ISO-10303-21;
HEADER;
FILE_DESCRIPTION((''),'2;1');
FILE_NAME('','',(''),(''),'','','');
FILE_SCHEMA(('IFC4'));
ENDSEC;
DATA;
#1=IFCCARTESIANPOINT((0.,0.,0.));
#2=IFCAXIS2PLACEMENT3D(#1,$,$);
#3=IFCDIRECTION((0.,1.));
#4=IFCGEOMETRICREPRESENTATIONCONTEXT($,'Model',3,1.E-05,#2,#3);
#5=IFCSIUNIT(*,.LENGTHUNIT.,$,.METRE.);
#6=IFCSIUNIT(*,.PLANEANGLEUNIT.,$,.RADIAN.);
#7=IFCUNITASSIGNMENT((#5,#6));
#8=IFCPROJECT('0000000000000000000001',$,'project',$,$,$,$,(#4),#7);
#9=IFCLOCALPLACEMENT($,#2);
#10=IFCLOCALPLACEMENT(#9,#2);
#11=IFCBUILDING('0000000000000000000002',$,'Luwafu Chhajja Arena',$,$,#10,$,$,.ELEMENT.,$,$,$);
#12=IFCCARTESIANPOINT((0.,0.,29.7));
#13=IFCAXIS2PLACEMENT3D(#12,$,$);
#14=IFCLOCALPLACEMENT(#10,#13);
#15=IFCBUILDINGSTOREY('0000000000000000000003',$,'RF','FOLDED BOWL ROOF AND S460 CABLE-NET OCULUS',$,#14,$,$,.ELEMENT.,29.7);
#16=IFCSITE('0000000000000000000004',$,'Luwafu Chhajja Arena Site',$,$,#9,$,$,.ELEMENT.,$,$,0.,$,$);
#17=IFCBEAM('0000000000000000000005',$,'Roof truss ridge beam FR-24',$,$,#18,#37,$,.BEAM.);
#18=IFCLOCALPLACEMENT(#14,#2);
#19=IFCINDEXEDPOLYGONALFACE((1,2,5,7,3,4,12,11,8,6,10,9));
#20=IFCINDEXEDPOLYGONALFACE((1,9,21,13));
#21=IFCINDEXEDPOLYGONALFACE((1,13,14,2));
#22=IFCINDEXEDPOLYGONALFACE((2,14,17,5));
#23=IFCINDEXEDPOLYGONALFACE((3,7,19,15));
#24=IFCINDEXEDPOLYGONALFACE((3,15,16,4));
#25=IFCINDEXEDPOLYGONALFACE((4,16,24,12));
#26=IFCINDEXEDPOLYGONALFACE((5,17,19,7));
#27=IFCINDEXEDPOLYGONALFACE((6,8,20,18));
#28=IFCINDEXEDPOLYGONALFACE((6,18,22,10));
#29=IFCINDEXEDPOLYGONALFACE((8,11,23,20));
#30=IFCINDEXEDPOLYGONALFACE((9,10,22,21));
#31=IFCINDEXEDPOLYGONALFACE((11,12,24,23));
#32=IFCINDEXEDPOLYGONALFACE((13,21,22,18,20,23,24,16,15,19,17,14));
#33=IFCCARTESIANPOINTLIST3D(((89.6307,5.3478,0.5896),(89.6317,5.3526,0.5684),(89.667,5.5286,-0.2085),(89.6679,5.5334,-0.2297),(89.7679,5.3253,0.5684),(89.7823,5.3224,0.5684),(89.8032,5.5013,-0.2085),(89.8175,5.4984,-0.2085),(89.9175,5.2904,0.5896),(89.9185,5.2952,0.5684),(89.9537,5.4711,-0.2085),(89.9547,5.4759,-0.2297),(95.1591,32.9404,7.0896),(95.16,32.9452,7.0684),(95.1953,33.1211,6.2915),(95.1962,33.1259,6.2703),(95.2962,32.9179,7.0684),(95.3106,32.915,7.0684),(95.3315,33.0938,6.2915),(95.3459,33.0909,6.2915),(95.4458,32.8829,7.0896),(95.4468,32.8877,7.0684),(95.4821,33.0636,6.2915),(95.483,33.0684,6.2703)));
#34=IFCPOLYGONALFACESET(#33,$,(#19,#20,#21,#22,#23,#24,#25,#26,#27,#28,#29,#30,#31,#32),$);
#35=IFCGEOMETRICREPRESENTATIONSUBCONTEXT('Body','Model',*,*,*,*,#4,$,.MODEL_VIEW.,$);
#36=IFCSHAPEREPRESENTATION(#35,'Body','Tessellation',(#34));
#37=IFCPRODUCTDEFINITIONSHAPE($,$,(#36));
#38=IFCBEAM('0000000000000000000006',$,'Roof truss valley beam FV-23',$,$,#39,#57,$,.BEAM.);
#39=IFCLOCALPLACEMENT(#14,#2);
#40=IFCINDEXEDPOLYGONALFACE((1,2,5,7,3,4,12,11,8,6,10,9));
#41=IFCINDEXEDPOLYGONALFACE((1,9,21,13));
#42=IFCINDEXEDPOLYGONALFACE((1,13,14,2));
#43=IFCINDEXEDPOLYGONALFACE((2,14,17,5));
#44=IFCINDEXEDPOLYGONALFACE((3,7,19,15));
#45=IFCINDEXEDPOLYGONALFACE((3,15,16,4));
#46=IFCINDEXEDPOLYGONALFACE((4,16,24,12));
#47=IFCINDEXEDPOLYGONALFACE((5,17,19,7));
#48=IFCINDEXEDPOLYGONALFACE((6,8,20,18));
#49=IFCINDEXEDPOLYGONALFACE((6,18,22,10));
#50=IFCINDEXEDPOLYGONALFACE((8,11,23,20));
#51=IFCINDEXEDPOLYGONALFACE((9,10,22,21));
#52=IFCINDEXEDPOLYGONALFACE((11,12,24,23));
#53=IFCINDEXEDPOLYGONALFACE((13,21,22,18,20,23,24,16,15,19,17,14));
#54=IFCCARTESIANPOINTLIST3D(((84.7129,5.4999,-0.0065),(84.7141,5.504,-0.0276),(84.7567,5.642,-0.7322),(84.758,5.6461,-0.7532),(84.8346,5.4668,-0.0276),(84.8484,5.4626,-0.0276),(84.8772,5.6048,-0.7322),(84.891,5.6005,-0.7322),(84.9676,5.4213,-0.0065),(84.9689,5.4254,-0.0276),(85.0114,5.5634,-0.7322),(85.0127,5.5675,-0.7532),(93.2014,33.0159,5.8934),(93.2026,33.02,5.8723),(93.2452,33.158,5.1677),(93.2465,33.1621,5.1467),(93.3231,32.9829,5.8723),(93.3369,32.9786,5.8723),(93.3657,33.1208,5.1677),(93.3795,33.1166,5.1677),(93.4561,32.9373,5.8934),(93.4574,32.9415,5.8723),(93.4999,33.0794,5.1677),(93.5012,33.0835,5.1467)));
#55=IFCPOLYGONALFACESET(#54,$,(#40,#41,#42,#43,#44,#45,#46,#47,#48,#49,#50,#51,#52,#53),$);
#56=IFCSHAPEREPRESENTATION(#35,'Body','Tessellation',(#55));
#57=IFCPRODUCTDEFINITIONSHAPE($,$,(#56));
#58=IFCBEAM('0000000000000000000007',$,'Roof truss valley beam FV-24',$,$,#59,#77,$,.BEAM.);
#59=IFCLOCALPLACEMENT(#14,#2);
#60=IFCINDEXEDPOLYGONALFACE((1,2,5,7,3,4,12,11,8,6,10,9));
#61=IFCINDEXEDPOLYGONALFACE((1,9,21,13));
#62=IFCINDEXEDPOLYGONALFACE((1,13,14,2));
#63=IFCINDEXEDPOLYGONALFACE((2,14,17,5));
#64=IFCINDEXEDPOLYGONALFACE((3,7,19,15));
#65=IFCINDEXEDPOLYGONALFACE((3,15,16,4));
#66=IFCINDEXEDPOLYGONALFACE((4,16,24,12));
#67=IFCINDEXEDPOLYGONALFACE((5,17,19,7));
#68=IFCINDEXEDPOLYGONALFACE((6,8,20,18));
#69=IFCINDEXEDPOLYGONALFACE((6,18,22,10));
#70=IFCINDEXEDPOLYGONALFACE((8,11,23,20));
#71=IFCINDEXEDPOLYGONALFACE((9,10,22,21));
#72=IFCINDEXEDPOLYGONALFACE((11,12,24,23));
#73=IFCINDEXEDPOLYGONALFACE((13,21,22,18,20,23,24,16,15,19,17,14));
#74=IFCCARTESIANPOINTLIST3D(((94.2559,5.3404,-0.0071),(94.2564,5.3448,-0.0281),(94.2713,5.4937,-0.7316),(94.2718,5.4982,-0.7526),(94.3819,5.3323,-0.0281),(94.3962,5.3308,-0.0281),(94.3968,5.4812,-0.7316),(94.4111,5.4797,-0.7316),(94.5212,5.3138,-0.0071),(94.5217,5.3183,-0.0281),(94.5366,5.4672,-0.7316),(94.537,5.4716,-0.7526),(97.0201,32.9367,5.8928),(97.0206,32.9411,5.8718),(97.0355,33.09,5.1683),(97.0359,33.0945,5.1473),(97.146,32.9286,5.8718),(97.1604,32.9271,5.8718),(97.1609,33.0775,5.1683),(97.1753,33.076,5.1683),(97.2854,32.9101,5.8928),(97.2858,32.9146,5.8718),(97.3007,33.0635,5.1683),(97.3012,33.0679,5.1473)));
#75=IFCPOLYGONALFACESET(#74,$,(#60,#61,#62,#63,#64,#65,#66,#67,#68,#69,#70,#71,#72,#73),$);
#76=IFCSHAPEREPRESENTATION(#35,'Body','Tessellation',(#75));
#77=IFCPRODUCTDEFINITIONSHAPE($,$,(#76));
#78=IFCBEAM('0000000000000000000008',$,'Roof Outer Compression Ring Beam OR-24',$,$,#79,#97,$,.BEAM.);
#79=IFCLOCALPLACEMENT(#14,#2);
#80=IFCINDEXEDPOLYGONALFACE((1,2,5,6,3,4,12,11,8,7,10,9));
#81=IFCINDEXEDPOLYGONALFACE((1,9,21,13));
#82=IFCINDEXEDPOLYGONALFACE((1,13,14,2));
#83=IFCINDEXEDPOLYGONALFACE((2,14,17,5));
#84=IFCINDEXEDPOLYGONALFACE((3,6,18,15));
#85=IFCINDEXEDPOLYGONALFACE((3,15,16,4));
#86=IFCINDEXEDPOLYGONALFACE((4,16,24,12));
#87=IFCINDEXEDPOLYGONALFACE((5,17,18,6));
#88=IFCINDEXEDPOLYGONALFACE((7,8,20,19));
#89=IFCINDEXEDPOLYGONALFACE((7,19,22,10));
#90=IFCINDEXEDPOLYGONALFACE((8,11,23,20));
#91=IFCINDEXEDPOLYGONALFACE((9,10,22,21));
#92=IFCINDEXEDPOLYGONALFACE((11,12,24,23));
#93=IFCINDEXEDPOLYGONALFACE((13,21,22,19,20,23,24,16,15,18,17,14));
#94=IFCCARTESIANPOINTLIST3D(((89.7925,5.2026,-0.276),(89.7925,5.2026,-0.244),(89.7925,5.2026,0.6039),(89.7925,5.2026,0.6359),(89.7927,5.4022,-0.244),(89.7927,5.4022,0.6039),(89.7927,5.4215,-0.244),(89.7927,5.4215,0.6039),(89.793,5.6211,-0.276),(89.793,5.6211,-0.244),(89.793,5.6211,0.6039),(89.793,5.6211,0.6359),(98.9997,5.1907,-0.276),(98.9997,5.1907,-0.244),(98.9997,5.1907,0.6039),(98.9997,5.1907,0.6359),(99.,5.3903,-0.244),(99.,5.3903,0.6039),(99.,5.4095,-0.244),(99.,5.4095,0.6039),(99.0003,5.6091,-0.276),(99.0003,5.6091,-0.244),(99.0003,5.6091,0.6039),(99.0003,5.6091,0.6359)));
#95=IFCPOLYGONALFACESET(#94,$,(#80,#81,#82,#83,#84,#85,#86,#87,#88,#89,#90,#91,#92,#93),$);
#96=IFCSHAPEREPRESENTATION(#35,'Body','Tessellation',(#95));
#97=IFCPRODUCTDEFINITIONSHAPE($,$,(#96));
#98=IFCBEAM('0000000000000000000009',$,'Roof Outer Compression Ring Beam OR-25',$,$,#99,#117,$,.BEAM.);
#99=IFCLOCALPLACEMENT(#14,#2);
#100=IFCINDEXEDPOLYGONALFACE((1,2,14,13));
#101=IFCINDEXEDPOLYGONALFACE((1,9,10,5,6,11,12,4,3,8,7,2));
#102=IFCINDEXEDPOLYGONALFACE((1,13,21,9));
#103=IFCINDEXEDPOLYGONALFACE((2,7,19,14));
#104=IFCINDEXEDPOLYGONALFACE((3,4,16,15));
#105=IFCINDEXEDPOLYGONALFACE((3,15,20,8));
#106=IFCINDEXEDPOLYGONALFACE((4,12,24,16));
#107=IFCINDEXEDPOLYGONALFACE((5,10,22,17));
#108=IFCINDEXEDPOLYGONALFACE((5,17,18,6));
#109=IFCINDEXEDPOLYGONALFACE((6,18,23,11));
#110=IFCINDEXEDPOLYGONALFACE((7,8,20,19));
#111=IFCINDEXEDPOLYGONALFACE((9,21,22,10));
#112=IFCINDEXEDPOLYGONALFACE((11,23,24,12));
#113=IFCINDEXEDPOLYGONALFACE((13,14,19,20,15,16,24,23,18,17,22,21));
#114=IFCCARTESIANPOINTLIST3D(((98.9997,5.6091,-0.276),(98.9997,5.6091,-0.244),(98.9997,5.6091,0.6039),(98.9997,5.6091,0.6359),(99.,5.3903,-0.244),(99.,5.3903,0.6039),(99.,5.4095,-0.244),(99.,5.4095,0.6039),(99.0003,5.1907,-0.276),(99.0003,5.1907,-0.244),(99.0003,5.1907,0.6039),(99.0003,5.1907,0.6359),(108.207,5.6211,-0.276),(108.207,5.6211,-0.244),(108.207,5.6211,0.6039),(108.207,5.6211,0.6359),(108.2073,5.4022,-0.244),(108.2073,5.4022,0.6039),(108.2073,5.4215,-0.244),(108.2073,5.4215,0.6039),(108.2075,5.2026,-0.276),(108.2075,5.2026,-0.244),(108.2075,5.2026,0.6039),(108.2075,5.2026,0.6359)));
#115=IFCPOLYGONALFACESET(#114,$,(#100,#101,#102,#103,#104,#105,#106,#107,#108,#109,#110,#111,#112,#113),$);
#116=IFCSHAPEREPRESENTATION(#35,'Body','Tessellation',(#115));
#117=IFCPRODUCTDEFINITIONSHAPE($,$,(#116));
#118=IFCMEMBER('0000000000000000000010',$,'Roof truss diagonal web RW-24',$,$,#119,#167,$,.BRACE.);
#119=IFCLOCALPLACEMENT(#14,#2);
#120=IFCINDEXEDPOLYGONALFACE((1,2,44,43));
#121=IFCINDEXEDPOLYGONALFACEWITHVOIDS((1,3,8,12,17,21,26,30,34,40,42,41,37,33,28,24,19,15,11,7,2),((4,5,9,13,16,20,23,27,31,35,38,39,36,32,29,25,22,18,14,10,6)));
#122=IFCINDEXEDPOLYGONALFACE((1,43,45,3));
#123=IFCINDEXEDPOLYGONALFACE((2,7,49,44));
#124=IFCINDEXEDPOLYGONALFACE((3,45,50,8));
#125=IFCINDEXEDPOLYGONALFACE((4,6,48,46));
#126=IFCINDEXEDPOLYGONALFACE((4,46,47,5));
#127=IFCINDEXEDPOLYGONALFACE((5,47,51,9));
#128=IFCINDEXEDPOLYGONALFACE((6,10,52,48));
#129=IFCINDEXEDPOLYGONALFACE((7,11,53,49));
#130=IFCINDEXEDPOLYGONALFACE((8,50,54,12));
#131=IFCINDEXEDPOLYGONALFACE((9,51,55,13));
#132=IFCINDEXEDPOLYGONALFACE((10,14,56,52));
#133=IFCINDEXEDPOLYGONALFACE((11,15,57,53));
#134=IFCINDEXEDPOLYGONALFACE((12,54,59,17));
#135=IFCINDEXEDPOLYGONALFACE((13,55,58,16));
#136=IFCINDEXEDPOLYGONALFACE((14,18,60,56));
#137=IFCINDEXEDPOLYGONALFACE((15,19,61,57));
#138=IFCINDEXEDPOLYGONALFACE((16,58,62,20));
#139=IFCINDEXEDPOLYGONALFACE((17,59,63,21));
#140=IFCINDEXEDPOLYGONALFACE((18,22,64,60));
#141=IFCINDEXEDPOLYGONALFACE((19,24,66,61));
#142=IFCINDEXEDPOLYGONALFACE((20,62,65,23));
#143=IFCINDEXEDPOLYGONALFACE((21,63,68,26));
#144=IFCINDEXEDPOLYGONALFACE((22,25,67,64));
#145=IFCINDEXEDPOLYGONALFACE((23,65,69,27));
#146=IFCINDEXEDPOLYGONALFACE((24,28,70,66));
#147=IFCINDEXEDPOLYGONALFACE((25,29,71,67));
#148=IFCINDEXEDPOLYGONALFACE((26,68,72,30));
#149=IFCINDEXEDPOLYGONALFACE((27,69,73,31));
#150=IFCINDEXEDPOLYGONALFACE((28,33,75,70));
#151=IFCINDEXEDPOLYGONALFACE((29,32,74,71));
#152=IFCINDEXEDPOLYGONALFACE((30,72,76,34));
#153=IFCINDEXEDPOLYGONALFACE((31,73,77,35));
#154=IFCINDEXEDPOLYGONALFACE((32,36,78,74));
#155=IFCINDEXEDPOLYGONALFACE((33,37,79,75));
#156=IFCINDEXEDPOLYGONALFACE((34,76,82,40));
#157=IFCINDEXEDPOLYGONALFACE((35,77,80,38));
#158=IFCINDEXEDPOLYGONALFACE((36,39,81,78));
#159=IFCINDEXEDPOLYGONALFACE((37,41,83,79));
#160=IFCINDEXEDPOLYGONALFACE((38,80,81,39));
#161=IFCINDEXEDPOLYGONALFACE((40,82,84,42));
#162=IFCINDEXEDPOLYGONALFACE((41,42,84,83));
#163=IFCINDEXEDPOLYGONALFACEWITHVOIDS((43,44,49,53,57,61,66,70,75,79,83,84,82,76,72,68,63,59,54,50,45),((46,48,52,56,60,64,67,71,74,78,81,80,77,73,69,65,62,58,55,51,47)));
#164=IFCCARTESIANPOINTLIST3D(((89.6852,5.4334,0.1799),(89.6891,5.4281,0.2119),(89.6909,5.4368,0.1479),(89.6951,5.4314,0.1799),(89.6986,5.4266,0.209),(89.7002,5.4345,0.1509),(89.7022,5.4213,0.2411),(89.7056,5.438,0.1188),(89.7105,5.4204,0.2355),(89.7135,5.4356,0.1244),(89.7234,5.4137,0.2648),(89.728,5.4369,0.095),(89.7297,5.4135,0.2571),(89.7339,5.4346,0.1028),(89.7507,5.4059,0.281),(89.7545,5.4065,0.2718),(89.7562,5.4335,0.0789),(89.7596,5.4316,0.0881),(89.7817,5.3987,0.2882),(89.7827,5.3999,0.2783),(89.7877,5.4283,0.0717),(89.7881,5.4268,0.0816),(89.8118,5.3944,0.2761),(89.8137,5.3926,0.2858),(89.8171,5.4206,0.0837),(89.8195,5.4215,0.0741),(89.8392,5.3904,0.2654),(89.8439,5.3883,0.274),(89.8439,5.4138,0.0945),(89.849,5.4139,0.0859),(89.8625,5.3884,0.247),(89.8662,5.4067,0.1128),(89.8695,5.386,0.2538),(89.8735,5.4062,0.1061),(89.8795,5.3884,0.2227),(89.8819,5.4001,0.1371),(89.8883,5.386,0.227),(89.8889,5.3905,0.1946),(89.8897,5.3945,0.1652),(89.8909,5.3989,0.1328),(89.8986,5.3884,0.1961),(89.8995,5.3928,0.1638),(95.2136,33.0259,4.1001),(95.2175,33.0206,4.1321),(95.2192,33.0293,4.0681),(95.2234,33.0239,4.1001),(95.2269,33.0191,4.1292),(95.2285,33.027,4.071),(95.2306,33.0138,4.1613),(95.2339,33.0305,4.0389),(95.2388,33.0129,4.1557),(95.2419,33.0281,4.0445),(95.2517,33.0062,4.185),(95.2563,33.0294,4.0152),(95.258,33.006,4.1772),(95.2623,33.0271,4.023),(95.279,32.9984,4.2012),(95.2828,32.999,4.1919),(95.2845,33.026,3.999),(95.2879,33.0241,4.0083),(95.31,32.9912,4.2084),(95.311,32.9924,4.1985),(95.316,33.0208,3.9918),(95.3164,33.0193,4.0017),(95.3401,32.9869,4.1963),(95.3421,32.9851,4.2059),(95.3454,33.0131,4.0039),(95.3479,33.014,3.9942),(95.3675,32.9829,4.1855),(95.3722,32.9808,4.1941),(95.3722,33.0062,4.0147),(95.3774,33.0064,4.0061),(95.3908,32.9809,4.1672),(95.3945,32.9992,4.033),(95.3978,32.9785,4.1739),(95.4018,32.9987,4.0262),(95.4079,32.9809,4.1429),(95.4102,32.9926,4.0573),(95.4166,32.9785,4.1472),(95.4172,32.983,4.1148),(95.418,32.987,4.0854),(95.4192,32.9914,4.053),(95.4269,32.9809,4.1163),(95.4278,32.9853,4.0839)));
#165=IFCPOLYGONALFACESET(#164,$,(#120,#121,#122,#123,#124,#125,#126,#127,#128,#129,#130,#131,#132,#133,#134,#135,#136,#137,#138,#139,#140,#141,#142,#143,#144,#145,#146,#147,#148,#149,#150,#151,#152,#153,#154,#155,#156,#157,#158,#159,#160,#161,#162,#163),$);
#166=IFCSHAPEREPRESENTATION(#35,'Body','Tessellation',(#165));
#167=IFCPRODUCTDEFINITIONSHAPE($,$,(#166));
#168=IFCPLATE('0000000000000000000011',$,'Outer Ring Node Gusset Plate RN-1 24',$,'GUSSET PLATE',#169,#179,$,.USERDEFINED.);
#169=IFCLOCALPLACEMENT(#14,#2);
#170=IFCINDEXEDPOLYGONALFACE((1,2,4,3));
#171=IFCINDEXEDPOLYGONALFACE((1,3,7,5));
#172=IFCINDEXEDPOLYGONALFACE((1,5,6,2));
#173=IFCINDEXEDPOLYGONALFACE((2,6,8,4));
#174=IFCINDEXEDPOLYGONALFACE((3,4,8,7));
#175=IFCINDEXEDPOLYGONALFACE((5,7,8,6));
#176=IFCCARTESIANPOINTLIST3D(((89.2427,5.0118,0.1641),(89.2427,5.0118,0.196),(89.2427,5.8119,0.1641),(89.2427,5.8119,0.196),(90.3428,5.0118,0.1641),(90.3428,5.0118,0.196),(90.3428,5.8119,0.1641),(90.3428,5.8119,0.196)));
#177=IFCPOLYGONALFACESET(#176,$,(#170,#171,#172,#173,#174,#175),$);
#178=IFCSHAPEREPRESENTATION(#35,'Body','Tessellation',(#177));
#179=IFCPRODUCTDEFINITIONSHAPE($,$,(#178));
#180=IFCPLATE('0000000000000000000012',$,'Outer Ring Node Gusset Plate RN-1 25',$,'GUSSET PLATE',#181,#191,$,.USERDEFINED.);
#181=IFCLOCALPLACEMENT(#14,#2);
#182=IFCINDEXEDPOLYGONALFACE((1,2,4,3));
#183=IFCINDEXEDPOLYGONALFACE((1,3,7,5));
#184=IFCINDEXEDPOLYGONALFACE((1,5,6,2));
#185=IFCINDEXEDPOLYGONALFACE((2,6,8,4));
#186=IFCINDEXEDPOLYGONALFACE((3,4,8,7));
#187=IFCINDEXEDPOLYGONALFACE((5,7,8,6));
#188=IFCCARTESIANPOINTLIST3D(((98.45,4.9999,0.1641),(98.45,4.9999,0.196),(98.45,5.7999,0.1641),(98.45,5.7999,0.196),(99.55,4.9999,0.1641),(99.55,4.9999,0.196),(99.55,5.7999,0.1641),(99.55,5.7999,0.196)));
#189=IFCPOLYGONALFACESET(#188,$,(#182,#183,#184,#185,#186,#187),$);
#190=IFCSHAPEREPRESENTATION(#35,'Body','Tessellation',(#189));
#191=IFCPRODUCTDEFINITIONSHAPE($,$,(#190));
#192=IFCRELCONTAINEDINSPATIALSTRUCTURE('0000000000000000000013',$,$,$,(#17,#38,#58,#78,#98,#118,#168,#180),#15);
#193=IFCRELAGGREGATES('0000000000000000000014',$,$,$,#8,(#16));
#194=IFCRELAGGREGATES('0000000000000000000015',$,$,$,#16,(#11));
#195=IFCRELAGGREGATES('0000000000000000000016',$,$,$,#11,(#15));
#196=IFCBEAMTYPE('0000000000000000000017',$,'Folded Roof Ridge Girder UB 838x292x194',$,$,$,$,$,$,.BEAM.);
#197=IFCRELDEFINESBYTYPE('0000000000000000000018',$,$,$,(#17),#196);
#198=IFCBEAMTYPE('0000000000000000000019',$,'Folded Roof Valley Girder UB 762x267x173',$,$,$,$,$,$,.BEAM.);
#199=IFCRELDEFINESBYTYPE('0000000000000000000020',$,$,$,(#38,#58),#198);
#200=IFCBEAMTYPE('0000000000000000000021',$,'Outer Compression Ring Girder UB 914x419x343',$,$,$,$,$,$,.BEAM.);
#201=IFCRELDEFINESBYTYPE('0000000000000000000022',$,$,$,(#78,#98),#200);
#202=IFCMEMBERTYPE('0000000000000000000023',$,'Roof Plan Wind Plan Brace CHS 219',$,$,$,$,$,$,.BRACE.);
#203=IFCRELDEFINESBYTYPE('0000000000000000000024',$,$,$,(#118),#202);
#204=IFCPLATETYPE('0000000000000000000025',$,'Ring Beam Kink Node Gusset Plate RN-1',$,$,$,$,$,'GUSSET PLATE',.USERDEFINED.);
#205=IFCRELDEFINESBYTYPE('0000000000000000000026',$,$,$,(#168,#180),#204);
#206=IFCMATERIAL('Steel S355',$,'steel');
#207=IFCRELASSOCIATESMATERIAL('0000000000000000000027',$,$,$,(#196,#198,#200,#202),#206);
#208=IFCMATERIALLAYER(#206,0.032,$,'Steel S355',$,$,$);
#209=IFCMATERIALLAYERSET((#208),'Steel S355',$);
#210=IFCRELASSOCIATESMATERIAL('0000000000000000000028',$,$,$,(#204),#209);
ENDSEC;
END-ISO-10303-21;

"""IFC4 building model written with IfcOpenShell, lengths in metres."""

from ifc_helpers import new_model, si_unit, direction, frame, origin, origin_2d, place, context, subcontext, project, spatial, rectangle, hollow_circle, i_section, extrude, material, layer, layer_set, material_profile, profile_set, type_object, element, save


model = new_model("IFC4")

# Units and contexts
model_context = context("Model", 3, precision=1e-05, world=origin(), true_north=direction((0.0, 1.0)))
body_context = subcontext(model_context, "Body", "Model", "MODEL_VIEW")
ifc_project = project(units=[si_unit("LENGTHUNIT", "METRE"), si_unit("PLANEANGLEUNIT", "RADIAN")], contexts=[model_context])

# Site, building, storey
site_placement = place(None, origin())
site = spatial("IfcSite", under=ifc_project, at=site_placement, Name="Luwafu Chhajja Arena Site", CompositionType="ELEMENT", RefElevation=0.0)
building_placement = place(site_placement, origin())
building = spatial("IfcBuilding", under=site, at=building_placement, Name="Luwafu Chhajja Arena", CompositionType="ELEMENT")
storey_placement = place(building_placement, frame((0.0, 0.0, 29.7)))
storey = spatial("IfcBuildingStorey", under=building, at=storey_placement, Name="RF", Description="FOLDED BOWL ROOF AND S460 CABLE-NET OCULUS", CompositionType="ELEMENT", Elevation=29.7)

# Beams
ifc_material_1 = material(Name="Steel S355", Category="steel")
ifc_material_profile_1 = material_profile(ifc_material_1, i_section(OverallWidth=0.2925, OverallDepth=0.8408, WebThickness=0.0146, FlangeThickness=0.0217, at=origin_2d()), Name="UB 838x292x194")
ifc_profile_set_1 = profile_set([ifc_material_profile_1], Name="Steel S355")
beam_type_1 = type_object("IfcBeamType", Name="Folded Roof Ridge Girder UB 838x292x194", PredefinedType="BEAM", material=ifc_profile_set_1)
beam_1_placement = place(storey_placement, frame((89.7927, 5.4119, 0.1799), z_axis=(0.191412, 0.95536, 0.225055), x_axis=(-0.980514, 0.196451, 0.0)))
element("IfcBeam", 1, at=beam_1_placement, inside=storey, type_object=beam_type_1, Name="Roof truss ridge beam FR-24", PredefinedType="BEAM", context=body_context, shape_type="SweptSolid", body=[
    extrude(i_section(OverallWidth=0.2925, OverallDepth=0.8408, WebThickness=0.0146, FlangeThickness=0.0217, at=origin_2d()), origin(), (0.0, 0.0, 1.0), 28.8818),
])
ifc_material_profile_2 = material_profile(ifc_material_1, i_section(OverallWidth=0.2666, OverallDepth=0.7622, WebThickness=0.0144, FlangeThickness=0.0215, at=origin_2d()), Name="UB 762x267x173")
ifc_profile_set_2 = profile_set([ifc_material_profile_2], Name="Steel S355")
beam_type_2 = type_object("IfcBeamType", Name="Folded Roof Valley Girder UB 762x267x173", PredefinedType="BEAM", material=ifc_profile_set_2)
beam_2_placement = place(storey_placement, frame((84.8628, 5.5337, -0.3799), z_axis=(0.288785, 0.936117, 0.200719), x_axis=(-0.955564, 0.294785, 0.0)))
element("IfcBeam", 2, at=beam_2_placement, inside=storey, type_object=beam_type_2, Name="Roof truss valley beam FV-23", PredefinedType="BEAM", context=body_context, shape_type="SweptSolid", body=[
    extrude(i_section(OverallWidth=0.2666, OverallDepth=0.7622, WebThickness=0.0144, FlangeThickness=0.0215, at=origin_2d()), origin(), (0.0, 0.0, 1.0), 29.3938),
])
beam_3_placement = place(storey_placement, frame((94.3965, 5.406, -0.3799), z_axis=(0.097484, 0.973243, 0.208074), x_axis=(-0.995021, 0.099666, 0.0)))
element("IfcBeam", 3, at=beam_3_placement, inside=storey, type_object=beam_type_2, Name="Roof truss valley beam FV-24", PredefinedType="BEAM", context=body_context, shape_type="SweptSolid", body=[
    extrude(i_section(OverallWidth=0.2666, OverallDepth=0.7622, WebThickness=0.0144, FlangeThickness=0.0215, at=origin_2d()), origin(), (0.0, 0.0, 1.0), 28.355),
])
ifc_material_profile_3 = material_profile(ifc_material_1, i_section(OverallWidth=0.4185, OverallDepth=0.9119, WebThickness=0.0193, FlangeThickness=0.032, at=origin_2d()), Name="UB 914x419x343")
ifc_profile_set_3 = profile_set([ifc_material_profile_3], Name="Steel S355")
beam_type_3 = type_object("IfcBeamType", Name="Outer Compression Ring Girder UB 914x419x343", PredefinedType="BEAM", material=ifc_profile_set_3)
for number, where, z_axis, x_axis, name in (
    (4, (89.7927, 5.4119, 0.1799), (0.999999, -0.001299, 0.0), (0.001299, 0.999999, 0.0), "Roof Outer Compression Ring Beam OR-24"),
    (5, (99.0, 5.3999, 0.1799), (0.999999, 0.001299, 0.0), (-0.001299, 0.999999, 0.0), "Roof Outer Compression Ring Beam OR-25"),
):
    element("IfcBeam", number, at=place(storey_placement, frame(where, z_axis=z_axis, x_axis=x_axis)), inside=storey, type_object=beam_type_3, Name=name, PredefinedType="BEAM", context=body_context, shape_type="SweptSolid", body=[
        extrude(i_section(OverallWidth=0.4185, OverallDepth=0.9119, WebThickness=0.0193, FlangeThickness=0.032, at=origin_2d()), origin(), (0.0, 0.0, 1.0), 9.2073),
    ])

# Member
ifc_material_profile_4 = material_profile(ifc_material_1, hollow_circle(Radius=0.1096, WallThickness=0.01, at=origin_2d()), Name="CHS 219.1x10")
ifc_profile_set_4 = profile_set([ifc_material_profile_4], Name="Steel S355")
member_type = type_object("IfcMemberType", Name="Roof Plan Wind Plan Brace CHS 219", PredefinedType="BRACE", material=ifc_profile_set_4)
member_placement = place(storey_placement, frame((89.7927, 5.4119, 0.1799), z_axis=(0.194573, 0.971136, 0.137973), x_axis=(-0.980514, 0.196451, 0.0)))
element("IfcMember", 6, at=member_placement, inside=storey, type_object=member_type, Name="Roof truss diagonal web RW-24", PredefinedType="BRACE", context=body_context, shape_type="SweptSolid", body=[
    extrude(hollow_circle(Radius=0.1096, WallThickness=0.01, at=origin_2d()), origin(), (0.0, 0.0, 1.0), 28.4126),
])

# Plates
ifc_layer_1 = layer(ifc_material_1, 0.032, Name="Steel S355")
ifc_layer_set_1 = layer_set([ifc_layer_1], Name="Steel S355")
plate_type = type_object("IfcPlateType", Name="Ring Beam Kink Node Gusset Plate RN-1", ElementType="GUSSET PLATE", PredefinedType="USERDEFINED", material=ifc_layer_set_1)
for number, where, z_axis, x_axis, name in (
    (7, (89.7927, 5.4119, 0.1641), (0.0, 0.0, 1.0), (1.0, 0.0, 0.0), "Outer Ring Node Gusset Plate RN-1 24"),
    (8, (99.0, 5.3999, 0.1641), (0.0, 0.0, 1.0), (1.0, 0.0, 0.0), "Outer Ring Node Gusset Plate RN-1 25"),
):
    element("IfcPlate", number, at=place(storey_placement, frame(where, z_axis=z_axis, x_axis=x_axis)), inside=storey, type_object=plate_type, Name=name, ObjectType="GUSSET PLATE", PredefinedType="USERDEFINED", context=body_context, shape_type="SweptSolid", body=[
        extrude(rectangle(XDim=1.1001, YDim=0.8, at=origin_2d()), origin(), (0.0, 0.0, 1.0), 0.032),
    ])

save(model, "model.ifc")
